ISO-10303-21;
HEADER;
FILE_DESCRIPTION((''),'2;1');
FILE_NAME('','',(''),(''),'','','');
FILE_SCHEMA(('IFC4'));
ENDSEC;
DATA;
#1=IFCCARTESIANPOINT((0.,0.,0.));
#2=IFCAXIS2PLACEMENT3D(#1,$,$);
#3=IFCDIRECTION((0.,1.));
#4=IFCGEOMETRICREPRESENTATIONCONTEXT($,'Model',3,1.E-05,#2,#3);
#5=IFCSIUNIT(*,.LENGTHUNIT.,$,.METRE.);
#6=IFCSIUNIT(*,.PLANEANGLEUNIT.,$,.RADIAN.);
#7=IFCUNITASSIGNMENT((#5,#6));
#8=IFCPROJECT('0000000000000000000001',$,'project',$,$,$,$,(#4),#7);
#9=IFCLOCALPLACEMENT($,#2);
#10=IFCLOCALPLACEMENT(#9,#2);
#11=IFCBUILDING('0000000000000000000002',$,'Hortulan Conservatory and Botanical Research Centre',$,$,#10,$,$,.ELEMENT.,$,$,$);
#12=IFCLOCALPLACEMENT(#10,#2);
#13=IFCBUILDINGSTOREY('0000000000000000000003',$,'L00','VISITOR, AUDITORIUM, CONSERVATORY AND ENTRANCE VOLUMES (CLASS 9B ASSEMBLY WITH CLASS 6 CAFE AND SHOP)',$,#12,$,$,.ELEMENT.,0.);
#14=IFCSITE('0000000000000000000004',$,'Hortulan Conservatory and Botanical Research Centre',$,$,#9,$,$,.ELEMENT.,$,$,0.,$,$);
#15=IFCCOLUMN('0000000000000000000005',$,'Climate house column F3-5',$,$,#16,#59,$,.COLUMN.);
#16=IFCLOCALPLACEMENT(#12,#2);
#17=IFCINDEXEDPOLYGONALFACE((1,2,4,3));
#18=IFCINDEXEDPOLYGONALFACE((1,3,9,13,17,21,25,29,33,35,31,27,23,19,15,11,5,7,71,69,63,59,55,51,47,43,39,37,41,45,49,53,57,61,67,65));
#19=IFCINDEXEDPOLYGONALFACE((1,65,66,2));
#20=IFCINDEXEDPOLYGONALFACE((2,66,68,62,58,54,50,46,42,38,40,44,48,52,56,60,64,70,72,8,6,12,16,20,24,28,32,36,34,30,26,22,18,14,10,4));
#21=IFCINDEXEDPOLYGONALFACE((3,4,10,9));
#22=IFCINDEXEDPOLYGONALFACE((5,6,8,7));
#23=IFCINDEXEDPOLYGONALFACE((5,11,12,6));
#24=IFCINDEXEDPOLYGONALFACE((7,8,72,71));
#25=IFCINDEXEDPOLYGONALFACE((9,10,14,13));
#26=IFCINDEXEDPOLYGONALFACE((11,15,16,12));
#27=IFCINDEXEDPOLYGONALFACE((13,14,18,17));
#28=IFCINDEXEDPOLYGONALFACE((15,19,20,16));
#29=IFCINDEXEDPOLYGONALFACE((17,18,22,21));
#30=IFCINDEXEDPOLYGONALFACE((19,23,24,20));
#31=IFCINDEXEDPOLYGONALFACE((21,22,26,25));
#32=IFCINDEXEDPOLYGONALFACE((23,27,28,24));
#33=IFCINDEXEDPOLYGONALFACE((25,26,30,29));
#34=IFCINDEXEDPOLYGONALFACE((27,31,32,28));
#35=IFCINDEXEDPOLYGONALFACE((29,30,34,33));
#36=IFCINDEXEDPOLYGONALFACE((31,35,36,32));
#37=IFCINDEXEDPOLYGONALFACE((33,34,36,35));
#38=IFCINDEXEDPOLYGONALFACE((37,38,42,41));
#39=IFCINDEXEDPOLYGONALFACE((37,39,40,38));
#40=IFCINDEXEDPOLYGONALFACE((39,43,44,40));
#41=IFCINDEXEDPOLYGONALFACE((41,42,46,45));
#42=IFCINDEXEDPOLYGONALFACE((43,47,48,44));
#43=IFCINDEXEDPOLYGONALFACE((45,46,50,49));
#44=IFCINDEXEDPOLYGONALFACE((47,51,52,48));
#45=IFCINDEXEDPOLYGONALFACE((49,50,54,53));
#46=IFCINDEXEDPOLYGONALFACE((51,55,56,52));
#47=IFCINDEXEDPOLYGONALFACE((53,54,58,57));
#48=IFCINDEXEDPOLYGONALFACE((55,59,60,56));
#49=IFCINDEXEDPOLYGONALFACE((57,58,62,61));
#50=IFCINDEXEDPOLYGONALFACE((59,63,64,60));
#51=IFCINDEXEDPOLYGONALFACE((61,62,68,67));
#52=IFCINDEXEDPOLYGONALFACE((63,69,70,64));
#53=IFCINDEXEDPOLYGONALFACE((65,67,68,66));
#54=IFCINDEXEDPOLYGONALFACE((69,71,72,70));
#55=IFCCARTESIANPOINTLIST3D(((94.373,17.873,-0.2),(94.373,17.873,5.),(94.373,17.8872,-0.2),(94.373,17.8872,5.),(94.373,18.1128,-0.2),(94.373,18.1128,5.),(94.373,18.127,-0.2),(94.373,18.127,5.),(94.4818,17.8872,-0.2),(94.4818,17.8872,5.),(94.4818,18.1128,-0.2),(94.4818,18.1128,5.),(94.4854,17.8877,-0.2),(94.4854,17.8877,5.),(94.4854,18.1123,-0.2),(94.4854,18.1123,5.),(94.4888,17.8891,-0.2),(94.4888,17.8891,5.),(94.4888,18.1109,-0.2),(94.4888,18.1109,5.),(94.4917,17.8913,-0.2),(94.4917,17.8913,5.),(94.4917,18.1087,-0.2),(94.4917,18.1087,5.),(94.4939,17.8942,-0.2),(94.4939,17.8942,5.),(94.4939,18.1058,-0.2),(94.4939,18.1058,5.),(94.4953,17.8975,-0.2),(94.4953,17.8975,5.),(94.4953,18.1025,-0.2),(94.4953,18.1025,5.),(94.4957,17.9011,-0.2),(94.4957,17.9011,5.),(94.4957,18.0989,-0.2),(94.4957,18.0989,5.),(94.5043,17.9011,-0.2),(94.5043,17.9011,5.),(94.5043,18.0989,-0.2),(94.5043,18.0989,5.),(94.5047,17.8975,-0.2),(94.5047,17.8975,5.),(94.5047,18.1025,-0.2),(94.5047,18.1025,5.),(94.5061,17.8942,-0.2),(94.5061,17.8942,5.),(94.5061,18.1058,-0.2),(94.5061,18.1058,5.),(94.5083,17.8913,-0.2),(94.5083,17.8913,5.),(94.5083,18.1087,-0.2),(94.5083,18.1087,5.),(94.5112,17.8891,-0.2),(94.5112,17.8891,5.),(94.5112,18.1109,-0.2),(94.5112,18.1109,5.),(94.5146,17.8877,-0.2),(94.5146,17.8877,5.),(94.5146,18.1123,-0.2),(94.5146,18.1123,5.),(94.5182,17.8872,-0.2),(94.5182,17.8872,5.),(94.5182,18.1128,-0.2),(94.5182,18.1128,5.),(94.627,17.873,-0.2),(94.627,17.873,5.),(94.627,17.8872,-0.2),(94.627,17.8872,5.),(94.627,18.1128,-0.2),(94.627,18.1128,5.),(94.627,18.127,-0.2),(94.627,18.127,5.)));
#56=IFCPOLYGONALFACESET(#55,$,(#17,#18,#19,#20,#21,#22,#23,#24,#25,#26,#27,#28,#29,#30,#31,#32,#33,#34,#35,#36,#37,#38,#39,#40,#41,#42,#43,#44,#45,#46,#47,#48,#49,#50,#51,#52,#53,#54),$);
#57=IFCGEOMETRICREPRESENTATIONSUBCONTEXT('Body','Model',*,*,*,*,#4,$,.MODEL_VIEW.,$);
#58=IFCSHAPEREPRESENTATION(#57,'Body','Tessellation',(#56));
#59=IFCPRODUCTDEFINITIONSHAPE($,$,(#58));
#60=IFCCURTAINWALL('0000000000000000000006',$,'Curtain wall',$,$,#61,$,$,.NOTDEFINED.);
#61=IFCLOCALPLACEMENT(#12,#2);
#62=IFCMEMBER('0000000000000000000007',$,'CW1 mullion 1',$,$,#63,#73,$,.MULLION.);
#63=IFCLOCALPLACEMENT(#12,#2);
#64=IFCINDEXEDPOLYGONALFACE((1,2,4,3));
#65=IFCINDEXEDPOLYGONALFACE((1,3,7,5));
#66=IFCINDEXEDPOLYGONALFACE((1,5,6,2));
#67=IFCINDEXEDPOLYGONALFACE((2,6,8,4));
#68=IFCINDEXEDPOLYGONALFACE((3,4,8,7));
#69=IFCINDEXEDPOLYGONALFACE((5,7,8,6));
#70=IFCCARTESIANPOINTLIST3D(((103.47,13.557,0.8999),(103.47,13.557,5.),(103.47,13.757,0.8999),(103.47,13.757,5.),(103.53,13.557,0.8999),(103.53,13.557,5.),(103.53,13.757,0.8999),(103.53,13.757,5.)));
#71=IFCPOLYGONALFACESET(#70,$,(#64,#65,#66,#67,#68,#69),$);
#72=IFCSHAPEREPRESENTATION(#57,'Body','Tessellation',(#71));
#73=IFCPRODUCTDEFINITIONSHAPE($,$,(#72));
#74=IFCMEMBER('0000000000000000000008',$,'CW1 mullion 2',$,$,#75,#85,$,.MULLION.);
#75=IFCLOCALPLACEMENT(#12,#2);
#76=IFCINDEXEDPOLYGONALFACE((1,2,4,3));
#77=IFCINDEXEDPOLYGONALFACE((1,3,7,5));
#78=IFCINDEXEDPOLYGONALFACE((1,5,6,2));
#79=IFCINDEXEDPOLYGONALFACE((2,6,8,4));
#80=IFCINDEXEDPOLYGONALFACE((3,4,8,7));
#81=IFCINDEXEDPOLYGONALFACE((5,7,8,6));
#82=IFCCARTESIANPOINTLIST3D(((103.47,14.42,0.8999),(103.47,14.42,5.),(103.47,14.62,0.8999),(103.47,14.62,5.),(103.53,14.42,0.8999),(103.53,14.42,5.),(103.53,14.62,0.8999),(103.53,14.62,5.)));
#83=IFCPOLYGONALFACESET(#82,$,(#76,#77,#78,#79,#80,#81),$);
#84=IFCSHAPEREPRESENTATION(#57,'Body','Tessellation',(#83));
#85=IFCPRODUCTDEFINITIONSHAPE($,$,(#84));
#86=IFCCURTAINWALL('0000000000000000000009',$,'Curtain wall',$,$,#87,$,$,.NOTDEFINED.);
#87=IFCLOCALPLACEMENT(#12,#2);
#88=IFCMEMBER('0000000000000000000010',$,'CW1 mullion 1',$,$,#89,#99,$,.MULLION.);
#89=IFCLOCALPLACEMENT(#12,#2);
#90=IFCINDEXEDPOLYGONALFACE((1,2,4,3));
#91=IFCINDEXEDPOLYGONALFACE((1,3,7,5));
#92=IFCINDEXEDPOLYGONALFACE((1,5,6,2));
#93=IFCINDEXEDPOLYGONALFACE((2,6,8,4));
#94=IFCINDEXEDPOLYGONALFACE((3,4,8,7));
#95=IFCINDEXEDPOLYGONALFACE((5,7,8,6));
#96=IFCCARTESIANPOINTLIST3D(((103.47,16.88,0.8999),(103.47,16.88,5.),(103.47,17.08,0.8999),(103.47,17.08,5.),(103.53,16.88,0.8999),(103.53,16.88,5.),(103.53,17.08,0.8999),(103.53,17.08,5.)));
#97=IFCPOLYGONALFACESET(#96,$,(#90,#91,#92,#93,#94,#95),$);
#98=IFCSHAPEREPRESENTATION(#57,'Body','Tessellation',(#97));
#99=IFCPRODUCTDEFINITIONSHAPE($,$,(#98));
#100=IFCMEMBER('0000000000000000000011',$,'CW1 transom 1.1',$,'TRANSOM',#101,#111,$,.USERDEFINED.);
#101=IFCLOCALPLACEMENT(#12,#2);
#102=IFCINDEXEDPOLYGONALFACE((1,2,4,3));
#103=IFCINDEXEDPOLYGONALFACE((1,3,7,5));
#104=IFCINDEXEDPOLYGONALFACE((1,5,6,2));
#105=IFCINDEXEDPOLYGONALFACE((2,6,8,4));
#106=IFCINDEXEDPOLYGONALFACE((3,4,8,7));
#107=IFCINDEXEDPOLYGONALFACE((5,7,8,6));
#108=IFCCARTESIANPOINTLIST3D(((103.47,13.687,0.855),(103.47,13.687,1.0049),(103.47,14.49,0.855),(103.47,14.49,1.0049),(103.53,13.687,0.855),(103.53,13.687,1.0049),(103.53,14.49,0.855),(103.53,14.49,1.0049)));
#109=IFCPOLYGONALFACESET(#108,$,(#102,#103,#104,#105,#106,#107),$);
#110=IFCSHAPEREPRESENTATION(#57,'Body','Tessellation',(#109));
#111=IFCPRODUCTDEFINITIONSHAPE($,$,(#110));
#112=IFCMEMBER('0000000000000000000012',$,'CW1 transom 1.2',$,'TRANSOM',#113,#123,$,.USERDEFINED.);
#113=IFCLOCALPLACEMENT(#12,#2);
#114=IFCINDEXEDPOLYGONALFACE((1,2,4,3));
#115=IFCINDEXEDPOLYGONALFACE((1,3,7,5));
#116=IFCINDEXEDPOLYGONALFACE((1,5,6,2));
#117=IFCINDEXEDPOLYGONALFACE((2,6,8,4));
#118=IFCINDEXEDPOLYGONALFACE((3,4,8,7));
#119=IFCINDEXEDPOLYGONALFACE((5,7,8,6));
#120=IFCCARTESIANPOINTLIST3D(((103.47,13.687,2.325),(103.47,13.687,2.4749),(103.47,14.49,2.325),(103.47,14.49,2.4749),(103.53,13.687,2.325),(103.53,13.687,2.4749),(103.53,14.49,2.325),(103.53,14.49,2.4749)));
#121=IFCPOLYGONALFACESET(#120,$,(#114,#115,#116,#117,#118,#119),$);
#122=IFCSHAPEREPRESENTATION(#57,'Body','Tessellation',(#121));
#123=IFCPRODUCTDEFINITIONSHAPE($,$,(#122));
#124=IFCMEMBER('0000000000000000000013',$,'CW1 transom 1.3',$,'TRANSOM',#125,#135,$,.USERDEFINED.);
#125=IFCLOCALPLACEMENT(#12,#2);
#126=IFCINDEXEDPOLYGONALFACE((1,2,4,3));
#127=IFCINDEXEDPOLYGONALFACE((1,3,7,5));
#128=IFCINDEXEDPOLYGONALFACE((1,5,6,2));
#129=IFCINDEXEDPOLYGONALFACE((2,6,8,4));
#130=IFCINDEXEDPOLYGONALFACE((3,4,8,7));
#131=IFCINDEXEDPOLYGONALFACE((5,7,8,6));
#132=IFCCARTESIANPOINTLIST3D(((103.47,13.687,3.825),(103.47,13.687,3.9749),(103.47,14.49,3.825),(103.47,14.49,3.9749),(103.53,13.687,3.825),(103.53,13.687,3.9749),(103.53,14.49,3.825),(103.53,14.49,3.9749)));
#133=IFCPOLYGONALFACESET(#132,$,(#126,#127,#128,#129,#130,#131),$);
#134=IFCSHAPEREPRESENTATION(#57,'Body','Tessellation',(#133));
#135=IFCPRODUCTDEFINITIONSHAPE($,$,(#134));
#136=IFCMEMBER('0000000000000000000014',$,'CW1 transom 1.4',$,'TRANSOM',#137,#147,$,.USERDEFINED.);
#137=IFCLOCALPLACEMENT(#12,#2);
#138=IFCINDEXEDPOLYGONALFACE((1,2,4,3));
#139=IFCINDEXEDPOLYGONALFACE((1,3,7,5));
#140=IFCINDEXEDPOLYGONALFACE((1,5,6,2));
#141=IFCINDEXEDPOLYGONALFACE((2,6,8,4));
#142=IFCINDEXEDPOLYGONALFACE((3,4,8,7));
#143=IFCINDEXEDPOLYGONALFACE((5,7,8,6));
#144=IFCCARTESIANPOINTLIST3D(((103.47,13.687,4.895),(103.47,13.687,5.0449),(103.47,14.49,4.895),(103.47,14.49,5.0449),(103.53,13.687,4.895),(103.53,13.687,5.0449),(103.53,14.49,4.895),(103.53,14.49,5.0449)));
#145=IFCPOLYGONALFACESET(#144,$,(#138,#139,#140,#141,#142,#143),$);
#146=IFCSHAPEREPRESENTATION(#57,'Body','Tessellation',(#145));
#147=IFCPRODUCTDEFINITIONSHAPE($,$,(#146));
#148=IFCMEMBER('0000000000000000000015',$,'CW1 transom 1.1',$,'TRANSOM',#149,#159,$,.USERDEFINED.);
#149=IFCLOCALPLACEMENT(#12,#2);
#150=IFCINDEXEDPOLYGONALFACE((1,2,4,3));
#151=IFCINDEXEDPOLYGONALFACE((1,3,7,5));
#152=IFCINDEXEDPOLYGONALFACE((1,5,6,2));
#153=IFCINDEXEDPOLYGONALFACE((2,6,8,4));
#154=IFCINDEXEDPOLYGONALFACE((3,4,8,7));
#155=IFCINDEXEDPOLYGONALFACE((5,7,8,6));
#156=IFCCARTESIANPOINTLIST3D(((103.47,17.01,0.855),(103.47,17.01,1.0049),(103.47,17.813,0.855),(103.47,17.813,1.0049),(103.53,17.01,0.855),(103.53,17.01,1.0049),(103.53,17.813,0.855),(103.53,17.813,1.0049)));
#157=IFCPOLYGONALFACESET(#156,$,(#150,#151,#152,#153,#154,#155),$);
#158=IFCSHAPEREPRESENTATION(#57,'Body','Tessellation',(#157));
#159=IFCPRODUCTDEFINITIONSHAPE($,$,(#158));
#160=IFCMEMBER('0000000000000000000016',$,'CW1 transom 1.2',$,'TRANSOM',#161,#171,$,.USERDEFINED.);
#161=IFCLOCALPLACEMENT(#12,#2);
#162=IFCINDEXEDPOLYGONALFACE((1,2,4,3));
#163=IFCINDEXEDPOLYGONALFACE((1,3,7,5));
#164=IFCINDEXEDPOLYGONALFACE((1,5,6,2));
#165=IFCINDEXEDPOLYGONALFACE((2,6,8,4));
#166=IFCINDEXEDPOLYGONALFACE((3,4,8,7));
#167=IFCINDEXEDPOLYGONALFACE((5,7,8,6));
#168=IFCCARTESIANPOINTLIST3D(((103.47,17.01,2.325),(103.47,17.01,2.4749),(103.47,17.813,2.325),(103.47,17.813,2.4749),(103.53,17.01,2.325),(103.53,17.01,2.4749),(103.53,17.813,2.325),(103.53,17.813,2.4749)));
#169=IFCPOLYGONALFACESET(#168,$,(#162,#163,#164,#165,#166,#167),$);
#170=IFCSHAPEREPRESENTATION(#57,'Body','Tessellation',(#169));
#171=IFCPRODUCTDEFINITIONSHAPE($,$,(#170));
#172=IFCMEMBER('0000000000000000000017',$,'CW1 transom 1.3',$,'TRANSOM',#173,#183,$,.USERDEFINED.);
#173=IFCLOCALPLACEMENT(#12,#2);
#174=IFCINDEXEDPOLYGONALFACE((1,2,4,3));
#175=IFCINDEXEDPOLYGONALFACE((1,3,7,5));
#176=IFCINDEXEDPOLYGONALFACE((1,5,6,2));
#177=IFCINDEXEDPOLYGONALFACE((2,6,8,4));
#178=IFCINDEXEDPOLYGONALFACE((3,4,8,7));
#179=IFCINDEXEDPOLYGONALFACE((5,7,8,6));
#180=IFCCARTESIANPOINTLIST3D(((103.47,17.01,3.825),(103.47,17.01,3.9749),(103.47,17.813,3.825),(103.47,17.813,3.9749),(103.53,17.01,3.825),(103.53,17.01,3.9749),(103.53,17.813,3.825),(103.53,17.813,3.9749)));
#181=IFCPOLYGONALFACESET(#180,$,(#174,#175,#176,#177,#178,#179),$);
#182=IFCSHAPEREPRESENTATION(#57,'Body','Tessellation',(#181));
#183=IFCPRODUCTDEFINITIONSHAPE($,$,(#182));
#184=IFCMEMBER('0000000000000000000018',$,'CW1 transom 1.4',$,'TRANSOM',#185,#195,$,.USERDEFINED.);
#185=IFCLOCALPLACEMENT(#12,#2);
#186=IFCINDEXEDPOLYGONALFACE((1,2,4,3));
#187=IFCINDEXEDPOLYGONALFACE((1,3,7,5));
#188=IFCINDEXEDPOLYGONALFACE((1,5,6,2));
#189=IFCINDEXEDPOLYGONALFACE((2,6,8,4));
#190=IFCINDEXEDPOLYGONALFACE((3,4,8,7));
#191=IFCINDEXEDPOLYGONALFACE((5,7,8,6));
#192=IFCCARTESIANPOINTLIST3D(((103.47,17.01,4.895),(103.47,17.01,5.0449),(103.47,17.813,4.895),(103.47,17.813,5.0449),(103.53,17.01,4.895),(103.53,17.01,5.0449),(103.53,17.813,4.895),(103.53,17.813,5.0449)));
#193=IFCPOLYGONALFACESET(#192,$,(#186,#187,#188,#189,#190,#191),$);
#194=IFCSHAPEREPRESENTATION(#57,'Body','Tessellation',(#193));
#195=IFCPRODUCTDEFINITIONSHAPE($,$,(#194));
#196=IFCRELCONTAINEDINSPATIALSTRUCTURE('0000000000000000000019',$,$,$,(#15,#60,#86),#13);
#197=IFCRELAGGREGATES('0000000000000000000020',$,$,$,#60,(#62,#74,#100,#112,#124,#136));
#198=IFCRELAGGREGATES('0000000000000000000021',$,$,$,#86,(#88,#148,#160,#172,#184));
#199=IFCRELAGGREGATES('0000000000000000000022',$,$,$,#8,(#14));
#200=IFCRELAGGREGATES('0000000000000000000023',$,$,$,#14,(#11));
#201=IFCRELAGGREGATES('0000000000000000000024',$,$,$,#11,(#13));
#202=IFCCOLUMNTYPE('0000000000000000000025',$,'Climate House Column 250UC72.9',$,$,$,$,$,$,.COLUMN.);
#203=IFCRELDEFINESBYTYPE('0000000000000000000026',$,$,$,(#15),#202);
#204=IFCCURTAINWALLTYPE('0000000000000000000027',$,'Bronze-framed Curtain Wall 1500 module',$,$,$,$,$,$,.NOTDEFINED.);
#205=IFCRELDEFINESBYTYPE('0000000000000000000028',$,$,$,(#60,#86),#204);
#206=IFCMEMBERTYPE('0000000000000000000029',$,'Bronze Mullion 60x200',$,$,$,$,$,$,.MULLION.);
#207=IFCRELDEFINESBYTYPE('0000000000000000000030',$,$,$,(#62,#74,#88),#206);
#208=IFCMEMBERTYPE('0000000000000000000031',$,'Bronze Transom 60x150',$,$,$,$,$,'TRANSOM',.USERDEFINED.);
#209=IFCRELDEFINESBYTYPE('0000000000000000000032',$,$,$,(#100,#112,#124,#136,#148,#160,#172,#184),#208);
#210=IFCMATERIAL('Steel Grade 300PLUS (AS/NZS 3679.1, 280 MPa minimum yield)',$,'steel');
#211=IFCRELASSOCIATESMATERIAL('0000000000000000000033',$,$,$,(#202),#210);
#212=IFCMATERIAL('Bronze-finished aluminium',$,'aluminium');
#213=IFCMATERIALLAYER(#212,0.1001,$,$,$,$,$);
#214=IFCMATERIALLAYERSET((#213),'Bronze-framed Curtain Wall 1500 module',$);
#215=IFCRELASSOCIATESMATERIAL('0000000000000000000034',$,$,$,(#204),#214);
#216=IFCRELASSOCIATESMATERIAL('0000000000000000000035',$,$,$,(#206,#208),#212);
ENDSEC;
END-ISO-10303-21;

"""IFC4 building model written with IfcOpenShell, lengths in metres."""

from ifc_helpers import new_model, si_unit, direction, frame, origin, origin_2d, place, context, subcontext, project, spatial, rectangle, i_section, extrude, material, layer, layer_set, material_profile, profile_set, type_object, element, aggregate, save


model = new_model("IFC4")

# Units and contexts
model_context = context("Model", 3, precision=1e-05, world=origin(), true_north=direction((0.0, 1.0)))
body_context = subcontext(model_context, "Body", "Model", "MODEL_VIEW")
ifc_project = project(units=[si_unit("LENGTHUNIT", "METRE"), si_unit("PLANEANGLEUNIT", "RADIAN")], contexts=[model_context])

# Site, building, storey
site_placement = place(None, origin())
site = spatial("IfcSite", under=ifc_project, at=site_placement, Name="Hortulan Conservatory and Botanical Research Centre", CompositionType="ELEMENT", RefElevation=0.0)
building_placement = place(site_placement, origin())
building = spatial("IfcBuilding", under=site, at=building_placement, Name="Hortulan Conservatory and Botanical Research Centre", CompositionType="ELEMENT")
storey_placement = place(building_placement, origin())
storey = spatial("IfcBuildingStorey", under=building, at=storey_placement, Name="L00", Description="VISITOR, AUDITORIUM, CONSERVATORY AND ENTRANCE VOLUMES (CLASS 9B ASSEMBLY WITH CLASS 6 CAFE AND SHOP)", CompositionType="ELEMENT", Elevation=0.0)

# Column
ifc_material_1 = material(Name="Steel Grade 300PLUS (AS/NZS 3679.1, 280 MPa minimum yield)", Category="steel")
ifc_material_profile_1 = material_profile(ifc_material_1, i_section(OverallWidth=0.2539, OverallDepth=0.2539, WebThickness=0.0085, FlangeThickness=0.0142, FilletRadius=0.0139, at=origin_2d()), Name="250UC72.9")
ifc_profile_set_1 = profile_set([ifc_material_profile_1], Name="Steel Grade 300PLUS (AS/NZS 3679.1, 280 MPa minimum yield)")
column_type = type_object("IfcColumnType", Name="Climate House Column 250UC72.9", PredefinedType="COLUMN", material=ifc_profile_set_1)
column_placement = place(storey_placement, frame((94.5, 18.0, -0.2), z_axis=(0.0, 0.0, 1.0), x_axis=(1.0, 0.0, 0.0)))
element("IfcColumn", 1, at=column_placement, inside=storey, type_object=column_type, Name="Climate house column F3-5", PredefinedType="COLUMN", context=body_context, shape_type="SweptSolid", body=[
    extrude(i_section(OverallWidth=0.2539, OverallDepth=0.2539, WebThickness=0.0085, FlangeThickness=0.0142, FilletRadius=0.0139, at=origin_2d()), origin(), (0.0, 0.0, 1.0), 5.2),
])

# Curtain wall, members
ifc_material_2 = material(Name="Bronze-finished aluminium", Category="aluminium")
ifc_layer_1 = layer(ifc_material_2, 0.1001)
ifc_layer_set_1 = layer_set([ifc_layer_1], Name="Bronze-framed Curtain Wall 1500 module")
curtain_wall_type = type_object("IfcCurtainWallType", Name="Bronze-framed Curtain Wall 1500 module", PredefinedType="NOTDEFINED", material=ifc_layer_set_1)
curtain_wall_1_placement = place(storey_placement, origin())
curtain_wall_1 = element("IfcCurtainWall", 2, at=curtain_wall_1_placement, inside=storey, type_object=curtain_wall_type, Name="Curtain wall", PredefinedType="NOTDEFINED")
ifc_material_profile_2 = material_profile(ifc_material_2, rectangle(XDim=0.0601, YDim=0.2, at=origin_2d()), Name="Bronze Mullion 60x200")
ifc_profile_set_2 = profile_set([ifc_material_profile_2], Name="Bronze-finished aluminium")
member_type_1 = type_object("IfcMemberType", Name="Bronze Mullion 60x200", PredefinedType="MULLION", material=ifc_profile_set_2)
member_1_placement = place(storey_placement, frame((103.5, 13.657, 0.8999), z_axis=(0.0, 0.0, 1.0), x_axis=(-1.0, 0.0, 0.0)))
member_1 = element("IfcMember", 3, at=member_1_placement, type_object=member_type_1, Name="CW1 mullion 1", PredefinedType="MULLION", context=body_context, shape_type="SweptSolid", body=[
    extrude(rectangle(XDim=0.0601, YDim=0.2, at=origin_2d()), origin(), (0.0, 0.0, 1.0), 4.1001),
])
member_2_placement = place(storey_placement, frame((103.5, 14.52, 0.8999), z_axis=(0.0, 0.0, 1.0), x_axis=(-1.0, 0.0, 0.0)))
member_2 = element("IfcMember", 4, at=member_2_placement, type_object=member_type_1, Name="CW1 mullion 2", PredefinedType="MULLION", context=body_context, shape_type="SweptSolid", body=[
    extrude(rectangle(XDim=0.0601, YDim=0.2, at=origin_2d()), origin(), (0.0, 0.0, 1.0), 4.1001),
])

# Curtain wall, member
curtain_wall_2_placement = place(storey_placement, origin())
curtain_wall_2 = element("IfcCurtainWall", 5, at=curtain_wall_2_placement, inside=storey, type_object=curtain_wall_type, Name="Curtain wall", PredefinedType="NOTDEFINED")
member_3_placement = place(storey_placement, frame((103.5, 16.98, 0.8999), z_axis=(0.0, 0.0, 1.0), x_axis=(-1.0, 0.0, 0.0)))
member_3 = element("IfcMember", 6, at=member_3_placement, type_object=member_type_1, Name="CW1 mullion 1", PredefinedType="MULLION", context=body_context, shape_type="SweptSolid", body=[
    extrude(rectangle(XDim=0.0601, YDim=0.2, at=origin_2d()), origin(), (0.0, 0.0, 1.0), 4.1001),
])

# Members
ifc_material_profile_3 = material_profile(ifc_material_2, rectangle(XDim=0.0601, YDim=0.1499, at=origin_2d()), Name="Bronze Transom 60x150")
ifc_profile_set_3 = profile_set([ifc_material_profile_3], Name="Bronze-finished aluminium")
member_type_2 = type_object("IfcMemberType", Name="Bronze Transom 60x150", ElementType="TRANSOM", PredefinedType="USERDEFINED", material=ifc_profile_set_3)
member_4_placement = place(storey_placement, frame((103.5, 13.687, 0.9299), z_axis=(0.0, 1.0, 0.0), x_axis=(-1.0, 0.0, 0.0)))
member_4 = element("IfcMember", 7, at=member_4_placement, type_object=member_type_2, Name="CW1 transom 1.1", ObjectType="TRANSOM", PredefinedType="USERDEFINED", context=body_context, shape_type="SweptSolid", body=[
    extrude(rectangle(XDim=0.0601, YDim=0.1499, at=origin_2d()), origin(), (0.0, 0.0, 1.0), 0.803),
])
member_5_placement = place(storey_placement, frame((103.5, 13.687, 2.3999), z_axis=(0.0, 1.0, 0.0), x_axis=(-1.0, 0.0, 0.0)))
member_5 = element("IfcMember", 8, at=member_5_placement, type_object=member_type_2, Name="CW1 transom 1.2", ObjectType="TRANSOM", PredefinedType="USERDEFINED", context=body_context, shape_type="SweptSolid", body=[
    extrude(rectangle(XDim=0.0601, YDim=0.1499, at=origin_2d()), origin(), (0.0, 0.0, 1.0), 0.803),
])
member_6_placement = place(storey_placement, frame((103.5, 13.687, 3.8999), z_axis=(0.0, 1.0, 0.0), x_axis=(-1.0, 0.0, 0.0)))
member_6 = element("IfcMember", 9, at=member_6_placement, type_object=member_type_2, Name="CW1 transom 1.3", ObjectType="TRANSOM", PredefinedType="USERDEFINED", context=body_context, shape_type="SweptSolid", body=[
    extrude(rectangle(XDim=0.0601, YDim=0.1499, at=origin_2d()), origin(), (0.0, 0.0, 1.0), 0.803),
])
member_7_placement = place(storey_placement, frame((103.5, 13.687, 4.97), z_axis=(0.0, 1.0, 0.0), x_axis=(-1.0, 0.0, 0.0)))
member_7 = element("IfcMember", 10, at=member_7_placement, type_object=member_type_2, Name="CW1 transom 1.4", ObjectType="TRANSOM", PredefinedType="USERDEFINED", context=body_context, shape_type="SweptSolid", body=[
    extrude(rectangle(XDim=0.0601, YDim=0.1499, at=origin_2d()), origin(), (0.0, 0.0, 1.0), 0.803),
])
member_8_placement = place(storey_placement, frame((103.5, 17.01, 0.9299), z_axis=(0.0, 1.0, 0.0), x_axis=(-1.0, 0.0, 0.0)))
member_8 = element("IfcMember", 11, at=member_8_placement, type_object=member_type_2, Name="CW1 transom 1.1", ObjectType="TRANSOM", PredefinedType="USERDEFINED", context=body_context, shape_type="SweptSolid", body=[
    extrude(rectangle(XDim=0.0601, YDim=0.1499, at=origin_2d()), origin(), (0.0, 0.0, 1.0), 0.803),
])
member_9_placement = place(storey_placement, frame((103.5, 17.01, 2.3999), z_axis=(0.0, 1.0, 0.0), x_axis=(-1.0, 0.0, 0.0)))
member_9 = element("IfcMember", 12, at=member_9_placement, type_object=member_type_2, Name="CW1 transom 1.2", ObjectType="TRANSOM", PredefinedType="USERDEFINED", context=body_context, shape_type="SweptSolid", body=[
    extrude(rectangle(XDim=0.0601, YDim=0.1499, at=origin_2d()), origin(), (0.0, 0.0, 1.0), 0.803),
])
member_10_placement = place(storey_placement, frame((103.5, 17.01, 3.8999), z_axis=(0.0, 1.0, 0.0), x_axis=(-1.0, 0.0, 0.0)))
member_10 = element("IfcMember", 13, at=member_10_placement, type_object=member_type_2, Name="CW1 transom 1.3", ObjectType="TRANSOM", PredefinedType="USERDEFINED", context=body_context, shape_type="SweptSolid", body=[
    extrude(rectangle(XDim=0.0601, YDim=0.1499, at=origin_2d()), origin(), (0.0, 0.0, 1.0), 0.803),
])
member_11_placement = place(storey_placement, frame((103.5, 17.01, 4.97), z_axis=(0.0, 1.0, 0.0), x_axis=(-1.0, 0.0, 0.0)))
member_11 = element("IfcMember", 14, at=member_11_placement, type_object=member_type_2, Name="CW1 transom 1.4", ObjectType="TRANSOM", PredefinedType="USERDEFINED", context=body_context, shape_type="SweptSolid", body=[
    extrude(rectangle(XDim=0.0601, YDim=0.1499, at=origin_2d()), origin(), (0.0, 0.0, 1.0), 0.803),
])

aggregate(curtain_wall_1, [member_1, member_2, member_4, member_5, member_6, member_7])
aggregate(curtain_wall_2, [member_3, member_8, member_9, member_10, member_11])

save(model, "model.ifc")
